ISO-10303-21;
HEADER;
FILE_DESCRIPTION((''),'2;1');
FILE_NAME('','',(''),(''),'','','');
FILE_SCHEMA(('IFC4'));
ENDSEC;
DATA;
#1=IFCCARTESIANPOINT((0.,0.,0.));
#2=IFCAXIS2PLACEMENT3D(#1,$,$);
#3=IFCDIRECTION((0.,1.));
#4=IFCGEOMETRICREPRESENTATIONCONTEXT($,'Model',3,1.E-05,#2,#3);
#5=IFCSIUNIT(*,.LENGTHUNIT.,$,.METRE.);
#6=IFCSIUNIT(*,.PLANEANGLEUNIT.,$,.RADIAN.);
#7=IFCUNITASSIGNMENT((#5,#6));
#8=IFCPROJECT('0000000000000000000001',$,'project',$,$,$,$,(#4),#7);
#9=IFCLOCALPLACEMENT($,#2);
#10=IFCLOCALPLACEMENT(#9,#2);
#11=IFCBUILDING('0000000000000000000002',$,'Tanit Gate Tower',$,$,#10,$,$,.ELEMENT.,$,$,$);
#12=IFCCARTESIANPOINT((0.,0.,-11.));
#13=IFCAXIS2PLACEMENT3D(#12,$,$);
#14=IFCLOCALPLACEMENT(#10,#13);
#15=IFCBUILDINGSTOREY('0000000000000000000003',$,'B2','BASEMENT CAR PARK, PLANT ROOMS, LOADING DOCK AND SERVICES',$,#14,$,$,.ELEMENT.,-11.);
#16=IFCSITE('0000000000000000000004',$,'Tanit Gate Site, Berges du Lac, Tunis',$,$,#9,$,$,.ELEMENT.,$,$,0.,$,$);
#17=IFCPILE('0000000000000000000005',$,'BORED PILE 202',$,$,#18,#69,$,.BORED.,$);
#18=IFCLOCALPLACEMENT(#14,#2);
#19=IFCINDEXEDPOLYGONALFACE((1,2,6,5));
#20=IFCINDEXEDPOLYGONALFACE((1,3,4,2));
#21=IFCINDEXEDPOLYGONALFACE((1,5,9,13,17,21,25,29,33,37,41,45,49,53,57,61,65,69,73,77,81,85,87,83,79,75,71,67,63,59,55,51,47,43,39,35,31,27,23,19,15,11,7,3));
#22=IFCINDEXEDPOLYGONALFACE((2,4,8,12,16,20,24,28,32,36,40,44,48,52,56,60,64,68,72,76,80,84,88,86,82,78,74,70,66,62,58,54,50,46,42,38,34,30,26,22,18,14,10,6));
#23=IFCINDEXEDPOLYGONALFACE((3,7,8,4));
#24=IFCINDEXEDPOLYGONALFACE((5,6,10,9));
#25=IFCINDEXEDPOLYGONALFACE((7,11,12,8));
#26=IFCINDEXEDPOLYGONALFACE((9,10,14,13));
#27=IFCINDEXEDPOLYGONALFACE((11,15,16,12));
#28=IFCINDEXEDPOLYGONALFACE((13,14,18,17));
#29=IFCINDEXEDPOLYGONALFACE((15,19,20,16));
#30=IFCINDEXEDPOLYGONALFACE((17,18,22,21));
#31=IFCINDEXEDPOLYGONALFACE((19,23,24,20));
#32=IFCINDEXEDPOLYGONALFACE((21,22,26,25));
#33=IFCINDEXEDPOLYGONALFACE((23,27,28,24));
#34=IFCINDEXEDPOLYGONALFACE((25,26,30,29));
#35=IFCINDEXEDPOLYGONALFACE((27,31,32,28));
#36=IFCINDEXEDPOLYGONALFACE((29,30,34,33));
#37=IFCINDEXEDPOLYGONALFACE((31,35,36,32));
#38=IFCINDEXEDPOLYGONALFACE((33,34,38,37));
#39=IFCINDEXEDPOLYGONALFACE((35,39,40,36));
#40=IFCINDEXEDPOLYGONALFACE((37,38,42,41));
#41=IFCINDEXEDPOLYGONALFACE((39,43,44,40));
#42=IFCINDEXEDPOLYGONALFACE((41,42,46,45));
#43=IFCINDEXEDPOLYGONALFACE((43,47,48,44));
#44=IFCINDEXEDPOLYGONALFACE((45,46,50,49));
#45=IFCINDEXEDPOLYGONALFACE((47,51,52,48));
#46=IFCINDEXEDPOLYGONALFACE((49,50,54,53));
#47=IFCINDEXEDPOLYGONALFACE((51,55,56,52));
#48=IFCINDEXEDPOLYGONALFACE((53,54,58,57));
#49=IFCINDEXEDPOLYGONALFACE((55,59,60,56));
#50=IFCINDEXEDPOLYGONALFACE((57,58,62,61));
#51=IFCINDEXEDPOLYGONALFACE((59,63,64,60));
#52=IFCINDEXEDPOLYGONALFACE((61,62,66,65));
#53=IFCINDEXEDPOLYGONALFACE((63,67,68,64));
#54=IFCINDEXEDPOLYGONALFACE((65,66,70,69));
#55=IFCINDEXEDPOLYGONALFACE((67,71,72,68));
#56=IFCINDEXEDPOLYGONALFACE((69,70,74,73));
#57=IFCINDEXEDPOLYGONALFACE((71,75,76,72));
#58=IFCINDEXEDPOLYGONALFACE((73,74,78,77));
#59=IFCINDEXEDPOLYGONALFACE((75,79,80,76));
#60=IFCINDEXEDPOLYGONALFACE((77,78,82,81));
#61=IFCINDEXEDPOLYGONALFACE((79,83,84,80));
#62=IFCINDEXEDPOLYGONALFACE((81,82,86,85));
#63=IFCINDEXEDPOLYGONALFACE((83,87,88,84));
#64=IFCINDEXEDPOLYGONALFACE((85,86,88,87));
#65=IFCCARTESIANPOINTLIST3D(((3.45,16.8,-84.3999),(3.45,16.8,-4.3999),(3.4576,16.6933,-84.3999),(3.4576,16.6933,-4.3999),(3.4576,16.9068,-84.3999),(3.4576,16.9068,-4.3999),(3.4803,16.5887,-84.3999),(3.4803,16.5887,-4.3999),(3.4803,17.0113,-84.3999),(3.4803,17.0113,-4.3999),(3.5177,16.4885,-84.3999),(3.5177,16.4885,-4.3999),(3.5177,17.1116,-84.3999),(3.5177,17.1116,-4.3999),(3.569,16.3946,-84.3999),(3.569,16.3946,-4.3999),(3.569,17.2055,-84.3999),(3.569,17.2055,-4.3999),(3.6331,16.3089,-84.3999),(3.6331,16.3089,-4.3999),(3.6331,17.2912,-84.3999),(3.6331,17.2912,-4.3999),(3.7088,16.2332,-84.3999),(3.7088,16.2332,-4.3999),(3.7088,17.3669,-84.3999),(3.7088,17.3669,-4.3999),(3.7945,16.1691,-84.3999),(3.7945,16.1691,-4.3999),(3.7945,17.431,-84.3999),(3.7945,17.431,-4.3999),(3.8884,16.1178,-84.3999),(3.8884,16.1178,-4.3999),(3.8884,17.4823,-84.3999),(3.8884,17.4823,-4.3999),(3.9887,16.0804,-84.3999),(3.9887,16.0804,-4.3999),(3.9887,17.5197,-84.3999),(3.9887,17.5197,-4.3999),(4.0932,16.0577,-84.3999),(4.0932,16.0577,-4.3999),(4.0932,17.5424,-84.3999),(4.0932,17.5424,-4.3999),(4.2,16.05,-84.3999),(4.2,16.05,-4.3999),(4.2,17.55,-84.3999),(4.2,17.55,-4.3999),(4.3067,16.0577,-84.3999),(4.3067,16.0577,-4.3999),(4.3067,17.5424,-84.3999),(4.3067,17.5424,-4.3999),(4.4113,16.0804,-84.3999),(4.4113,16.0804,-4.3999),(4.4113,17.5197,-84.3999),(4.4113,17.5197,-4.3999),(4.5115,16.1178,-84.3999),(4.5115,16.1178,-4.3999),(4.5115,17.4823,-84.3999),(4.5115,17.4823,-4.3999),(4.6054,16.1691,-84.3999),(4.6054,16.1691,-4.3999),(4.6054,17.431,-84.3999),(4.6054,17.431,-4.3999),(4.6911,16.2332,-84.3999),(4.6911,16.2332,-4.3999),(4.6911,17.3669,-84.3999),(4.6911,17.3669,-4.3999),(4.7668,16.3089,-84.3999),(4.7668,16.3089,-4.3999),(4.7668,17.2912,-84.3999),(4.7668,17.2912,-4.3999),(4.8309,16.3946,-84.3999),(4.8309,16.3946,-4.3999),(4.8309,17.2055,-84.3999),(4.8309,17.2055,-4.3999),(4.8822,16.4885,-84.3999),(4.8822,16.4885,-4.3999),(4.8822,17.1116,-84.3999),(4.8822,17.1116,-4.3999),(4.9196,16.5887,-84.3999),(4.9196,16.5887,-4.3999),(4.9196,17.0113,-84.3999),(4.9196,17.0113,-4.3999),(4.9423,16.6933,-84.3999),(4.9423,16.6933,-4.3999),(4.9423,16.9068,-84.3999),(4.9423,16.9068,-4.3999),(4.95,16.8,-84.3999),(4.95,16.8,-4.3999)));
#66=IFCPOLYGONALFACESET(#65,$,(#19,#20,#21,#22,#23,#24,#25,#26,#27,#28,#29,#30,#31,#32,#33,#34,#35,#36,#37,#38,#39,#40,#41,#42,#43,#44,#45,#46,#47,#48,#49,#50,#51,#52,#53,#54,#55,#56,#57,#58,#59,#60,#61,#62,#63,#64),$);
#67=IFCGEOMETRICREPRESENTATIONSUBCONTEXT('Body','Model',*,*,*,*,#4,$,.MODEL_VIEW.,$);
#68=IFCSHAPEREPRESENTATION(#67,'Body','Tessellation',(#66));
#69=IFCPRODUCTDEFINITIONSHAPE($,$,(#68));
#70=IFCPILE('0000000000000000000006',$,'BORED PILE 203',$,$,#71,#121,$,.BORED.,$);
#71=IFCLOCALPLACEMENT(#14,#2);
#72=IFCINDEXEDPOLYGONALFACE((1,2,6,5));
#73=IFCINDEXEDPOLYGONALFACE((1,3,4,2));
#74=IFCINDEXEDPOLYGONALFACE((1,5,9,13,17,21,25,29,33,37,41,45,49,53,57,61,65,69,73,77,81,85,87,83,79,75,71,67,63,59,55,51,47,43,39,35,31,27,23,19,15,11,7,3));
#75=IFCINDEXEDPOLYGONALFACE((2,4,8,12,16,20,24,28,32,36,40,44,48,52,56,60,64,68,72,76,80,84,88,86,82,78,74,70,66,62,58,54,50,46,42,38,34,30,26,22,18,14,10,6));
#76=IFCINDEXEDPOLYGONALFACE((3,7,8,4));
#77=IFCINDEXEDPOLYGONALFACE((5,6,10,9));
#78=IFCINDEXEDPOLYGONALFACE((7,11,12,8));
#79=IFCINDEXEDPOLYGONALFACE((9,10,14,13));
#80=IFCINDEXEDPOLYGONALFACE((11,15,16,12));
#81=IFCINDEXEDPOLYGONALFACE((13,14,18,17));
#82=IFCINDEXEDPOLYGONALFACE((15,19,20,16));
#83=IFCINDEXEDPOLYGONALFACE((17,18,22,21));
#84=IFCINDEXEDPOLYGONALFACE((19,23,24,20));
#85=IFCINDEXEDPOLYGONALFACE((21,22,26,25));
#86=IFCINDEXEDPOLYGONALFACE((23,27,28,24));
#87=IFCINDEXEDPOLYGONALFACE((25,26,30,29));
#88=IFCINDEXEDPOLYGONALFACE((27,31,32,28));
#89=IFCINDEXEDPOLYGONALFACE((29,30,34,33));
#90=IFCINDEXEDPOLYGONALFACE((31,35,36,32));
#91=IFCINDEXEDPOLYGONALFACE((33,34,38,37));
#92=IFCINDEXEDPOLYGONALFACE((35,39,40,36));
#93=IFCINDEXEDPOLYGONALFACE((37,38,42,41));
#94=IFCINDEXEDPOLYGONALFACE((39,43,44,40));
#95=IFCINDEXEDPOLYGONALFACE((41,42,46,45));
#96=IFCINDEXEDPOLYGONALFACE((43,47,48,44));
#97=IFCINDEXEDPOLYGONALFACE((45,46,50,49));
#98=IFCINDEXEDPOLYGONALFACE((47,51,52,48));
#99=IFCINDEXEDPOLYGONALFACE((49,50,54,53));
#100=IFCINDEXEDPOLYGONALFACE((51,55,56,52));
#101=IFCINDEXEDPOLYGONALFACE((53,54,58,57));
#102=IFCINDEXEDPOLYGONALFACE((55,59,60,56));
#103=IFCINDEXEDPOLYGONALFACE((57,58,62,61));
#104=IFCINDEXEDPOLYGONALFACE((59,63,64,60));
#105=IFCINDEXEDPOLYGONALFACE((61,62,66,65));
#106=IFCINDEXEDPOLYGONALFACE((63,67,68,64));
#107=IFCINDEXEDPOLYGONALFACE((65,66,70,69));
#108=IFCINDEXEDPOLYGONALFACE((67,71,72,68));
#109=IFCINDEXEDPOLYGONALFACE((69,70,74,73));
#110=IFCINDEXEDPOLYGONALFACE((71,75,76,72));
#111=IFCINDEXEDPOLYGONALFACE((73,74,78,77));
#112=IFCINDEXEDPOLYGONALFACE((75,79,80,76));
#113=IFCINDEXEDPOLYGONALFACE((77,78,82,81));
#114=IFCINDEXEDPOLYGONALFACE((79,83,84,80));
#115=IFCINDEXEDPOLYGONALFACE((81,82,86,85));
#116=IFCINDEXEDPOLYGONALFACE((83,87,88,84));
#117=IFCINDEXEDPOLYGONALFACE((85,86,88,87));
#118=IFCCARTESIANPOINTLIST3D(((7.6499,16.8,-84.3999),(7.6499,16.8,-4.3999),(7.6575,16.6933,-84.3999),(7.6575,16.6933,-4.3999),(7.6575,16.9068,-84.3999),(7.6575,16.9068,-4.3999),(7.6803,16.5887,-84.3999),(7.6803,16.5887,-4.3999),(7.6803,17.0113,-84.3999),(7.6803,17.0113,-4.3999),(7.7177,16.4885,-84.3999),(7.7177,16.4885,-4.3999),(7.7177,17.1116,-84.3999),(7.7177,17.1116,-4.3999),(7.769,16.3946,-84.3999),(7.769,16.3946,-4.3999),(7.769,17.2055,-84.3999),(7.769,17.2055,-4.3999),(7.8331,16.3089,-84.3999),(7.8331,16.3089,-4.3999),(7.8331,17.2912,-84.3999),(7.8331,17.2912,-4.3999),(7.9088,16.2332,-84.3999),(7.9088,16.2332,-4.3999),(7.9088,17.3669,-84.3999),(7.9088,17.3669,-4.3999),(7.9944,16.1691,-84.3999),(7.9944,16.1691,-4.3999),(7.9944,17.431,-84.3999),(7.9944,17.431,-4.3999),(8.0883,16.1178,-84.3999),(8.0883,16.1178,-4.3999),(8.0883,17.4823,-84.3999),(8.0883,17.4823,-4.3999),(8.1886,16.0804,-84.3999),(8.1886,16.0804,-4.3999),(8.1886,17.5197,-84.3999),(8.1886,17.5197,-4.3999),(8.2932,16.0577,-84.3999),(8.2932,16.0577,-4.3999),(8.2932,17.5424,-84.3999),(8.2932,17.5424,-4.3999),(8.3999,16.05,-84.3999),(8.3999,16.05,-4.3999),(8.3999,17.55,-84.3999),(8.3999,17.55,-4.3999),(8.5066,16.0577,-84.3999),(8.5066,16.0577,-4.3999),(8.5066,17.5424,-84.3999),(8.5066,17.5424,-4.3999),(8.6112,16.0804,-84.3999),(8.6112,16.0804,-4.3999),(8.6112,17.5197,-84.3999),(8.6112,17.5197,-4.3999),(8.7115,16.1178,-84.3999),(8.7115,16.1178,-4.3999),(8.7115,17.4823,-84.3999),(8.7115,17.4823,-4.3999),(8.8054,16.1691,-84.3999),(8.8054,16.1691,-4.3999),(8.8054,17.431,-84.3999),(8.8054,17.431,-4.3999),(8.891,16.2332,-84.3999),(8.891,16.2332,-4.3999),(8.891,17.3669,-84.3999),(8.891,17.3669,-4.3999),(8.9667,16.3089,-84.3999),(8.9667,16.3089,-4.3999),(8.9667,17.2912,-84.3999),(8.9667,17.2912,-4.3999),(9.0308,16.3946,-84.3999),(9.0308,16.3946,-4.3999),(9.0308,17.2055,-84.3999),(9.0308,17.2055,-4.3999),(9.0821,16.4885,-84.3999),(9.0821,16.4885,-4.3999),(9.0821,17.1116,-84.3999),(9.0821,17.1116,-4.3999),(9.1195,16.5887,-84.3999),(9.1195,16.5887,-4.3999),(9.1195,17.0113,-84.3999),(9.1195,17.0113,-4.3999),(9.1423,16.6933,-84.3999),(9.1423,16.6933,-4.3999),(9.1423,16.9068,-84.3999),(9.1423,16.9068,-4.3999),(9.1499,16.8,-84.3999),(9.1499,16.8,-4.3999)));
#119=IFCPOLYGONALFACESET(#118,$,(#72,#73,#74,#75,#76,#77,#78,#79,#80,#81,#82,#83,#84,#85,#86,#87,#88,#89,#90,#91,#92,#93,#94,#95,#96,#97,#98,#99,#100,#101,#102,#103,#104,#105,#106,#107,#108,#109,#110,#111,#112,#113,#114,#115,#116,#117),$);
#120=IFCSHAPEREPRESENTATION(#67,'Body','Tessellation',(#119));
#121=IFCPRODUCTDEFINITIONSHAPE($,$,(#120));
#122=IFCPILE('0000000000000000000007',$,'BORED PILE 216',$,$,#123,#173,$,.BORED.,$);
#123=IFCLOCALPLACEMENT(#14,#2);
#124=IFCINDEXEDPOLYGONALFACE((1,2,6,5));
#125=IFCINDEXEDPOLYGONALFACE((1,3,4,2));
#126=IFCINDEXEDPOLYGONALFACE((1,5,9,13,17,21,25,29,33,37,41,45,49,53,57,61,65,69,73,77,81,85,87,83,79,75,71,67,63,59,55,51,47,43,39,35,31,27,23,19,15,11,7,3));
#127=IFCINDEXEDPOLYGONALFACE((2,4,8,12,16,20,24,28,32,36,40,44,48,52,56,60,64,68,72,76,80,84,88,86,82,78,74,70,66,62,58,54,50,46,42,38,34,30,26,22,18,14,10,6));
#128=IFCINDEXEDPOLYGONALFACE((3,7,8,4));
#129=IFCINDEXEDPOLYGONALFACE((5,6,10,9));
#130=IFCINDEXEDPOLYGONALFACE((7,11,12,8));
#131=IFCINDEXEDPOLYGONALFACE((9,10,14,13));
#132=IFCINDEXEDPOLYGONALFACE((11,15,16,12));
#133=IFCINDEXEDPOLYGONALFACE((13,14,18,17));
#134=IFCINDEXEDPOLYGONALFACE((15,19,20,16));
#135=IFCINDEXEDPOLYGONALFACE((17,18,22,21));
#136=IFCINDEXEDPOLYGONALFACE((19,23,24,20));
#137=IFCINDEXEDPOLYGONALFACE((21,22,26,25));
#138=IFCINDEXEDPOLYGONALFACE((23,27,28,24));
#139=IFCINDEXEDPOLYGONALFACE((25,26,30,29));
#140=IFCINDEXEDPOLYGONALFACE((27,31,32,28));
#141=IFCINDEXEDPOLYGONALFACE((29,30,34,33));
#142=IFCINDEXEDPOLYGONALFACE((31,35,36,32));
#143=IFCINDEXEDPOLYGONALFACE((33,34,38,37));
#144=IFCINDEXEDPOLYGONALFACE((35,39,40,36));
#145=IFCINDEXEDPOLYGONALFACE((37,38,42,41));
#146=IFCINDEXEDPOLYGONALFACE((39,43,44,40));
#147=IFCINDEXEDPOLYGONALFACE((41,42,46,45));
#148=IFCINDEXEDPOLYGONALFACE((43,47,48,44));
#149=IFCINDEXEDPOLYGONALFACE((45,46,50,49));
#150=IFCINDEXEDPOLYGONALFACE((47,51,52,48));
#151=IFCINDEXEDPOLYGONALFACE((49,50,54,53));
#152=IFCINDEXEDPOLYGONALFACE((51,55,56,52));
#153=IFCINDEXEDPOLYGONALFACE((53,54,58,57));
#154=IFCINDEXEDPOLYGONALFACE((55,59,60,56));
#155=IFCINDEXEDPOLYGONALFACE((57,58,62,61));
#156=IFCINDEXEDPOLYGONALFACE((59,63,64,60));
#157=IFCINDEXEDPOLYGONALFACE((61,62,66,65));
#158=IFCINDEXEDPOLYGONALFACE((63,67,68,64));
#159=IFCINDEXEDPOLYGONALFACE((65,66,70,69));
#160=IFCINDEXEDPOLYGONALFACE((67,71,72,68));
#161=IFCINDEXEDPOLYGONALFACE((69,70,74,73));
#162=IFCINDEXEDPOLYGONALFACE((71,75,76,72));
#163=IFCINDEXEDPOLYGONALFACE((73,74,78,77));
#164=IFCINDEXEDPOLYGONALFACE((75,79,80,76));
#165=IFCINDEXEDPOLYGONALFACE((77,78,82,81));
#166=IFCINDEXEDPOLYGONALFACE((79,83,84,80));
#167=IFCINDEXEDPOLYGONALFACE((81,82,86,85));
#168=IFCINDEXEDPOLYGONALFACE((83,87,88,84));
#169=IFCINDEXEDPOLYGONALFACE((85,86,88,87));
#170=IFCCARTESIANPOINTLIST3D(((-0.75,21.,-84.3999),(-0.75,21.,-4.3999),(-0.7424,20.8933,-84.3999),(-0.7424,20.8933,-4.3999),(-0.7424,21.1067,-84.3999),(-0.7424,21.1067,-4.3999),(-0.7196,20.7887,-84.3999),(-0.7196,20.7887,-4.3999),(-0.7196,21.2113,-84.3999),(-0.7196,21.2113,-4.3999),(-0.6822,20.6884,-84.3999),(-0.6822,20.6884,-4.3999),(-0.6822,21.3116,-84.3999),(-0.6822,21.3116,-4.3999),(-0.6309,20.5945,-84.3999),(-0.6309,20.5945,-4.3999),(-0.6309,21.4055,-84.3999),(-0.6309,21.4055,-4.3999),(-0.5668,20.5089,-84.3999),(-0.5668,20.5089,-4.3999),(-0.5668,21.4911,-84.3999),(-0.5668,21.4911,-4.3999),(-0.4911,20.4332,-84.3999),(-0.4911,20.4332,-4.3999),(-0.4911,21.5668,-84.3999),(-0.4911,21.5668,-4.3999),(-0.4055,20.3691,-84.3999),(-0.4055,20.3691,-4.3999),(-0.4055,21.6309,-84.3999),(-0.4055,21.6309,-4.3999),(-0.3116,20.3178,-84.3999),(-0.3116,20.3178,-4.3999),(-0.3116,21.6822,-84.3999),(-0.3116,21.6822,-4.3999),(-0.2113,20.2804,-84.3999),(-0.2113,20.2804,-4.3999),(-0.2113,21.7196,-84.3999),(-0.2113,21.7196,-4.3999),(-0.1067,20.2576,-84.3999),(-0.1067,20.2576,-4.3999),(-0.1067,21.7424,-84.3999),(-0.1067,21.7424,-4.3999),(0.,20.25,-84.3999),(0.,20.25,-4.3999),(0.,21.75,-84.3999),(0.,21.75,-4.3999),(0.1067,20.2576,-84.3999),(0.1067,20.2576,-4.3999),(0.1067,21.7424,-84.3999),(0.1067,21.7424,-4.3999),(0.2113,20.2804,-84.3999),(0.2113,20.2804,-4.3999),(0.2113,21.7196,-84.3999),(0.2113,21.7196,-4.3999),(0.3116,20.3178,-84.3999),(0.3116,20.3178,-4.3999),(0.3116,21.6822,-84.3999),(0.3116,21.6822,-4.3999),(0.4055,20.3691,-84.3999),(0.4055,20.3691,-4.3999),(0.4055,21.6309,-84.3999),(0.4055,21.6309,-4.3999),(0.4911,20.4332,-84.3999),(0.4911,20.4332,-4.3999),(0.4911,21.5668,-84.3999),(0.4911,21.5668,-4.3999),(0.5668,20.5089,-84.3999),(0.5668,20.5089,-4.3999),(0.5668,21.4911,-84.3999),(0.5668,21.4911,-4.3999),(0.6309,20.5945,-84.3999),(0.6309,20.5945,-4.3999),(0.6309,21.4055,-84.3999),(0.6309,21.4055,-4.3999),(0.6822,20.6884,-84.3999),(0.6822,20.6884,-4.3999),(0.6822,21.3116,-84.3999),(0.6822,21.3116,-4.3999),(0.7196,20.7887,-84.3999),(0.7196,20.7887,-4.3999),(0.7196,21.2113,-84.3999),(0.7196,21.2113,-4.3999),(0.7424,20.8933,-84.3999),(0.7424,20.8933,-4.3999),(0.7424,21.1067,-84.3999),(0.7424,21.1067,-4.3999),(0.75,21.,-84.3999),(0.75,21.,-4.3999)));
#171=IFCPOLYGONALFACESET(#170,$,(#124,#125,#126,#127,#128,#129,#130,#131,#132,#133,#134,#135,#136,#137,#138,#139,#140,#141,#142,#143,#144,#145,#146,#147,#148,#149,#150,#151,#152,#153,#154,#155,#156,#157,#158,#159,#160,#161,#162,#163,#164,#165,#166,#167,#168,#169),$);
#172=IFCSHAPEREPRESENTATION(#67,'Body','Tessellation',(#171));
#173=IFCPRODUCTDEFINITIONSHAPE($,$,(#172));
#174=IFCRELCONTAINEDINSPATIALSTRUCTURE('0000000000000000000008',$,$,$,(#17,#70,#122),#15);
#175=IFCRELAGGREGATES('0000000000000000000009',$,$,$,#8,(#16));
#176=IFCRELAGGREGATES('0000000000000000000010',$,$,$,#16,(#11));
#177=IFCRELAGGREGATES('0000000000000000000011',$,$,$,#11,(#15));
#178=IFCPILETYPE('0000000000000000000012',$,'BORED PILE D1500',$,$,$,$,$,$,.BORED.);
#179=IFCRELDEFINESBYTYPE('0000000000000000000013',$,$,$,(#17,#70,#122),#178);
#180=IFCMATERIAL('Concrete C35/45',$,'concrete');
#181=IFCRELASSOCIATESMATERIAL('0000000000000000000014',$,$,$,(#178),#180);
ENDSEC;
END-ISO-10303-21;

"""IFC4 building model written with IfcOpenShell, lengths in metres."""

from ifc_helpers import new_model, si_unit, direction, frame, origin, origin_2d, place, context, subcontext, project, spatial, circle, extrude, material, material_profile, profile_set, type_object, element, save


model = new_model("IFC4")

# Units and contexts
model_context = context("Model", 3, precision=1e-05, world=origin(), true_north=direction((0.0, 1.0)))
body_context = subcontext(model_context, "Body", "Model", "MODEL_VIEW")
ifc_project = project(units=[si_unit("LENGTHUNIT", "METRE"), si_unit("PLANEANGLEUNIT", "RADIAN")], contexts=[model_context])

# Site, building, storey
site_placement = place(None, origin())
site = spatial("IfcSite", under=ifc_project, at=site_placement, Name="Tanit Gate Site, Berges du Lac, Tunis", CompositionType="ELEMENT", RefElevation=0.0)
building_placement = place(site_placement, origin())
building = spatial("IfcBuilding", under=site, at=building_placement, Name="Tanit Gate Tower", CompositionType="ELEMENT")
storey_placement = place(building_placement, frame((0.0, 0.0, -11.0)))
storey = spatial("IfcBuildingStorey", under=building, at=storey_placement, Name="B2", Description="BASEMENT CAR PARK, PLANT ROOMS, LOADING DOCK AND SERVICES", CompositionType="ELEMENT", Elevation=-11.0)

# Piles
ifc_material_1 = material(Name="Concrete C35/45", Category="concrete")
ifc_material_profile_1 = material_profile(ifc_material_1, circle(Radius=0.75, at=origin_2d()), Name="BORED PILE D1500 C35/45")
ifc_profile_set_1 = profile_set([ifc_material_profile_1], Name="Concrete C35/45")
pile_type = type_object("IfcPileType", Name="BORED PILE D1500", PredefinedType="BORED", material=ifc_profile_set_1)
for number, where, z_axis, x_axis, name in (
    (1, (4.2, 16.8, -4.3999), (0.0, 0.0, -1.0), (1.0, 0.0, 0.0), "BORED PILE 202"),
    (2, (8.3999, 16.8, -4.3999), (0.0, 0.0, -1.0), (1.0, 0.0, 0.0), "BORED PILE 203"),
    (3, (0.0, 21.0, -4.3999), (0.0, 0.0, -1.0), (1.0, 0.0, 0.0), "BORED PILE 216"),
):
    element("IfcPile", number, at=place(storey_placement, frame(where, z_axis=z_axis, x_axis=x_axis)), inside=storey, type_object=pile_type, Name=name, PredefinedType="BORED", context=body_context, shape_type="SweptSolid", body=[
        extrude(circle(Radius=0.75, at=origin_2d()), origin(), (0.0, 0.0, 1.0), 80.0),
    ])

save(model, "model.ifc")
